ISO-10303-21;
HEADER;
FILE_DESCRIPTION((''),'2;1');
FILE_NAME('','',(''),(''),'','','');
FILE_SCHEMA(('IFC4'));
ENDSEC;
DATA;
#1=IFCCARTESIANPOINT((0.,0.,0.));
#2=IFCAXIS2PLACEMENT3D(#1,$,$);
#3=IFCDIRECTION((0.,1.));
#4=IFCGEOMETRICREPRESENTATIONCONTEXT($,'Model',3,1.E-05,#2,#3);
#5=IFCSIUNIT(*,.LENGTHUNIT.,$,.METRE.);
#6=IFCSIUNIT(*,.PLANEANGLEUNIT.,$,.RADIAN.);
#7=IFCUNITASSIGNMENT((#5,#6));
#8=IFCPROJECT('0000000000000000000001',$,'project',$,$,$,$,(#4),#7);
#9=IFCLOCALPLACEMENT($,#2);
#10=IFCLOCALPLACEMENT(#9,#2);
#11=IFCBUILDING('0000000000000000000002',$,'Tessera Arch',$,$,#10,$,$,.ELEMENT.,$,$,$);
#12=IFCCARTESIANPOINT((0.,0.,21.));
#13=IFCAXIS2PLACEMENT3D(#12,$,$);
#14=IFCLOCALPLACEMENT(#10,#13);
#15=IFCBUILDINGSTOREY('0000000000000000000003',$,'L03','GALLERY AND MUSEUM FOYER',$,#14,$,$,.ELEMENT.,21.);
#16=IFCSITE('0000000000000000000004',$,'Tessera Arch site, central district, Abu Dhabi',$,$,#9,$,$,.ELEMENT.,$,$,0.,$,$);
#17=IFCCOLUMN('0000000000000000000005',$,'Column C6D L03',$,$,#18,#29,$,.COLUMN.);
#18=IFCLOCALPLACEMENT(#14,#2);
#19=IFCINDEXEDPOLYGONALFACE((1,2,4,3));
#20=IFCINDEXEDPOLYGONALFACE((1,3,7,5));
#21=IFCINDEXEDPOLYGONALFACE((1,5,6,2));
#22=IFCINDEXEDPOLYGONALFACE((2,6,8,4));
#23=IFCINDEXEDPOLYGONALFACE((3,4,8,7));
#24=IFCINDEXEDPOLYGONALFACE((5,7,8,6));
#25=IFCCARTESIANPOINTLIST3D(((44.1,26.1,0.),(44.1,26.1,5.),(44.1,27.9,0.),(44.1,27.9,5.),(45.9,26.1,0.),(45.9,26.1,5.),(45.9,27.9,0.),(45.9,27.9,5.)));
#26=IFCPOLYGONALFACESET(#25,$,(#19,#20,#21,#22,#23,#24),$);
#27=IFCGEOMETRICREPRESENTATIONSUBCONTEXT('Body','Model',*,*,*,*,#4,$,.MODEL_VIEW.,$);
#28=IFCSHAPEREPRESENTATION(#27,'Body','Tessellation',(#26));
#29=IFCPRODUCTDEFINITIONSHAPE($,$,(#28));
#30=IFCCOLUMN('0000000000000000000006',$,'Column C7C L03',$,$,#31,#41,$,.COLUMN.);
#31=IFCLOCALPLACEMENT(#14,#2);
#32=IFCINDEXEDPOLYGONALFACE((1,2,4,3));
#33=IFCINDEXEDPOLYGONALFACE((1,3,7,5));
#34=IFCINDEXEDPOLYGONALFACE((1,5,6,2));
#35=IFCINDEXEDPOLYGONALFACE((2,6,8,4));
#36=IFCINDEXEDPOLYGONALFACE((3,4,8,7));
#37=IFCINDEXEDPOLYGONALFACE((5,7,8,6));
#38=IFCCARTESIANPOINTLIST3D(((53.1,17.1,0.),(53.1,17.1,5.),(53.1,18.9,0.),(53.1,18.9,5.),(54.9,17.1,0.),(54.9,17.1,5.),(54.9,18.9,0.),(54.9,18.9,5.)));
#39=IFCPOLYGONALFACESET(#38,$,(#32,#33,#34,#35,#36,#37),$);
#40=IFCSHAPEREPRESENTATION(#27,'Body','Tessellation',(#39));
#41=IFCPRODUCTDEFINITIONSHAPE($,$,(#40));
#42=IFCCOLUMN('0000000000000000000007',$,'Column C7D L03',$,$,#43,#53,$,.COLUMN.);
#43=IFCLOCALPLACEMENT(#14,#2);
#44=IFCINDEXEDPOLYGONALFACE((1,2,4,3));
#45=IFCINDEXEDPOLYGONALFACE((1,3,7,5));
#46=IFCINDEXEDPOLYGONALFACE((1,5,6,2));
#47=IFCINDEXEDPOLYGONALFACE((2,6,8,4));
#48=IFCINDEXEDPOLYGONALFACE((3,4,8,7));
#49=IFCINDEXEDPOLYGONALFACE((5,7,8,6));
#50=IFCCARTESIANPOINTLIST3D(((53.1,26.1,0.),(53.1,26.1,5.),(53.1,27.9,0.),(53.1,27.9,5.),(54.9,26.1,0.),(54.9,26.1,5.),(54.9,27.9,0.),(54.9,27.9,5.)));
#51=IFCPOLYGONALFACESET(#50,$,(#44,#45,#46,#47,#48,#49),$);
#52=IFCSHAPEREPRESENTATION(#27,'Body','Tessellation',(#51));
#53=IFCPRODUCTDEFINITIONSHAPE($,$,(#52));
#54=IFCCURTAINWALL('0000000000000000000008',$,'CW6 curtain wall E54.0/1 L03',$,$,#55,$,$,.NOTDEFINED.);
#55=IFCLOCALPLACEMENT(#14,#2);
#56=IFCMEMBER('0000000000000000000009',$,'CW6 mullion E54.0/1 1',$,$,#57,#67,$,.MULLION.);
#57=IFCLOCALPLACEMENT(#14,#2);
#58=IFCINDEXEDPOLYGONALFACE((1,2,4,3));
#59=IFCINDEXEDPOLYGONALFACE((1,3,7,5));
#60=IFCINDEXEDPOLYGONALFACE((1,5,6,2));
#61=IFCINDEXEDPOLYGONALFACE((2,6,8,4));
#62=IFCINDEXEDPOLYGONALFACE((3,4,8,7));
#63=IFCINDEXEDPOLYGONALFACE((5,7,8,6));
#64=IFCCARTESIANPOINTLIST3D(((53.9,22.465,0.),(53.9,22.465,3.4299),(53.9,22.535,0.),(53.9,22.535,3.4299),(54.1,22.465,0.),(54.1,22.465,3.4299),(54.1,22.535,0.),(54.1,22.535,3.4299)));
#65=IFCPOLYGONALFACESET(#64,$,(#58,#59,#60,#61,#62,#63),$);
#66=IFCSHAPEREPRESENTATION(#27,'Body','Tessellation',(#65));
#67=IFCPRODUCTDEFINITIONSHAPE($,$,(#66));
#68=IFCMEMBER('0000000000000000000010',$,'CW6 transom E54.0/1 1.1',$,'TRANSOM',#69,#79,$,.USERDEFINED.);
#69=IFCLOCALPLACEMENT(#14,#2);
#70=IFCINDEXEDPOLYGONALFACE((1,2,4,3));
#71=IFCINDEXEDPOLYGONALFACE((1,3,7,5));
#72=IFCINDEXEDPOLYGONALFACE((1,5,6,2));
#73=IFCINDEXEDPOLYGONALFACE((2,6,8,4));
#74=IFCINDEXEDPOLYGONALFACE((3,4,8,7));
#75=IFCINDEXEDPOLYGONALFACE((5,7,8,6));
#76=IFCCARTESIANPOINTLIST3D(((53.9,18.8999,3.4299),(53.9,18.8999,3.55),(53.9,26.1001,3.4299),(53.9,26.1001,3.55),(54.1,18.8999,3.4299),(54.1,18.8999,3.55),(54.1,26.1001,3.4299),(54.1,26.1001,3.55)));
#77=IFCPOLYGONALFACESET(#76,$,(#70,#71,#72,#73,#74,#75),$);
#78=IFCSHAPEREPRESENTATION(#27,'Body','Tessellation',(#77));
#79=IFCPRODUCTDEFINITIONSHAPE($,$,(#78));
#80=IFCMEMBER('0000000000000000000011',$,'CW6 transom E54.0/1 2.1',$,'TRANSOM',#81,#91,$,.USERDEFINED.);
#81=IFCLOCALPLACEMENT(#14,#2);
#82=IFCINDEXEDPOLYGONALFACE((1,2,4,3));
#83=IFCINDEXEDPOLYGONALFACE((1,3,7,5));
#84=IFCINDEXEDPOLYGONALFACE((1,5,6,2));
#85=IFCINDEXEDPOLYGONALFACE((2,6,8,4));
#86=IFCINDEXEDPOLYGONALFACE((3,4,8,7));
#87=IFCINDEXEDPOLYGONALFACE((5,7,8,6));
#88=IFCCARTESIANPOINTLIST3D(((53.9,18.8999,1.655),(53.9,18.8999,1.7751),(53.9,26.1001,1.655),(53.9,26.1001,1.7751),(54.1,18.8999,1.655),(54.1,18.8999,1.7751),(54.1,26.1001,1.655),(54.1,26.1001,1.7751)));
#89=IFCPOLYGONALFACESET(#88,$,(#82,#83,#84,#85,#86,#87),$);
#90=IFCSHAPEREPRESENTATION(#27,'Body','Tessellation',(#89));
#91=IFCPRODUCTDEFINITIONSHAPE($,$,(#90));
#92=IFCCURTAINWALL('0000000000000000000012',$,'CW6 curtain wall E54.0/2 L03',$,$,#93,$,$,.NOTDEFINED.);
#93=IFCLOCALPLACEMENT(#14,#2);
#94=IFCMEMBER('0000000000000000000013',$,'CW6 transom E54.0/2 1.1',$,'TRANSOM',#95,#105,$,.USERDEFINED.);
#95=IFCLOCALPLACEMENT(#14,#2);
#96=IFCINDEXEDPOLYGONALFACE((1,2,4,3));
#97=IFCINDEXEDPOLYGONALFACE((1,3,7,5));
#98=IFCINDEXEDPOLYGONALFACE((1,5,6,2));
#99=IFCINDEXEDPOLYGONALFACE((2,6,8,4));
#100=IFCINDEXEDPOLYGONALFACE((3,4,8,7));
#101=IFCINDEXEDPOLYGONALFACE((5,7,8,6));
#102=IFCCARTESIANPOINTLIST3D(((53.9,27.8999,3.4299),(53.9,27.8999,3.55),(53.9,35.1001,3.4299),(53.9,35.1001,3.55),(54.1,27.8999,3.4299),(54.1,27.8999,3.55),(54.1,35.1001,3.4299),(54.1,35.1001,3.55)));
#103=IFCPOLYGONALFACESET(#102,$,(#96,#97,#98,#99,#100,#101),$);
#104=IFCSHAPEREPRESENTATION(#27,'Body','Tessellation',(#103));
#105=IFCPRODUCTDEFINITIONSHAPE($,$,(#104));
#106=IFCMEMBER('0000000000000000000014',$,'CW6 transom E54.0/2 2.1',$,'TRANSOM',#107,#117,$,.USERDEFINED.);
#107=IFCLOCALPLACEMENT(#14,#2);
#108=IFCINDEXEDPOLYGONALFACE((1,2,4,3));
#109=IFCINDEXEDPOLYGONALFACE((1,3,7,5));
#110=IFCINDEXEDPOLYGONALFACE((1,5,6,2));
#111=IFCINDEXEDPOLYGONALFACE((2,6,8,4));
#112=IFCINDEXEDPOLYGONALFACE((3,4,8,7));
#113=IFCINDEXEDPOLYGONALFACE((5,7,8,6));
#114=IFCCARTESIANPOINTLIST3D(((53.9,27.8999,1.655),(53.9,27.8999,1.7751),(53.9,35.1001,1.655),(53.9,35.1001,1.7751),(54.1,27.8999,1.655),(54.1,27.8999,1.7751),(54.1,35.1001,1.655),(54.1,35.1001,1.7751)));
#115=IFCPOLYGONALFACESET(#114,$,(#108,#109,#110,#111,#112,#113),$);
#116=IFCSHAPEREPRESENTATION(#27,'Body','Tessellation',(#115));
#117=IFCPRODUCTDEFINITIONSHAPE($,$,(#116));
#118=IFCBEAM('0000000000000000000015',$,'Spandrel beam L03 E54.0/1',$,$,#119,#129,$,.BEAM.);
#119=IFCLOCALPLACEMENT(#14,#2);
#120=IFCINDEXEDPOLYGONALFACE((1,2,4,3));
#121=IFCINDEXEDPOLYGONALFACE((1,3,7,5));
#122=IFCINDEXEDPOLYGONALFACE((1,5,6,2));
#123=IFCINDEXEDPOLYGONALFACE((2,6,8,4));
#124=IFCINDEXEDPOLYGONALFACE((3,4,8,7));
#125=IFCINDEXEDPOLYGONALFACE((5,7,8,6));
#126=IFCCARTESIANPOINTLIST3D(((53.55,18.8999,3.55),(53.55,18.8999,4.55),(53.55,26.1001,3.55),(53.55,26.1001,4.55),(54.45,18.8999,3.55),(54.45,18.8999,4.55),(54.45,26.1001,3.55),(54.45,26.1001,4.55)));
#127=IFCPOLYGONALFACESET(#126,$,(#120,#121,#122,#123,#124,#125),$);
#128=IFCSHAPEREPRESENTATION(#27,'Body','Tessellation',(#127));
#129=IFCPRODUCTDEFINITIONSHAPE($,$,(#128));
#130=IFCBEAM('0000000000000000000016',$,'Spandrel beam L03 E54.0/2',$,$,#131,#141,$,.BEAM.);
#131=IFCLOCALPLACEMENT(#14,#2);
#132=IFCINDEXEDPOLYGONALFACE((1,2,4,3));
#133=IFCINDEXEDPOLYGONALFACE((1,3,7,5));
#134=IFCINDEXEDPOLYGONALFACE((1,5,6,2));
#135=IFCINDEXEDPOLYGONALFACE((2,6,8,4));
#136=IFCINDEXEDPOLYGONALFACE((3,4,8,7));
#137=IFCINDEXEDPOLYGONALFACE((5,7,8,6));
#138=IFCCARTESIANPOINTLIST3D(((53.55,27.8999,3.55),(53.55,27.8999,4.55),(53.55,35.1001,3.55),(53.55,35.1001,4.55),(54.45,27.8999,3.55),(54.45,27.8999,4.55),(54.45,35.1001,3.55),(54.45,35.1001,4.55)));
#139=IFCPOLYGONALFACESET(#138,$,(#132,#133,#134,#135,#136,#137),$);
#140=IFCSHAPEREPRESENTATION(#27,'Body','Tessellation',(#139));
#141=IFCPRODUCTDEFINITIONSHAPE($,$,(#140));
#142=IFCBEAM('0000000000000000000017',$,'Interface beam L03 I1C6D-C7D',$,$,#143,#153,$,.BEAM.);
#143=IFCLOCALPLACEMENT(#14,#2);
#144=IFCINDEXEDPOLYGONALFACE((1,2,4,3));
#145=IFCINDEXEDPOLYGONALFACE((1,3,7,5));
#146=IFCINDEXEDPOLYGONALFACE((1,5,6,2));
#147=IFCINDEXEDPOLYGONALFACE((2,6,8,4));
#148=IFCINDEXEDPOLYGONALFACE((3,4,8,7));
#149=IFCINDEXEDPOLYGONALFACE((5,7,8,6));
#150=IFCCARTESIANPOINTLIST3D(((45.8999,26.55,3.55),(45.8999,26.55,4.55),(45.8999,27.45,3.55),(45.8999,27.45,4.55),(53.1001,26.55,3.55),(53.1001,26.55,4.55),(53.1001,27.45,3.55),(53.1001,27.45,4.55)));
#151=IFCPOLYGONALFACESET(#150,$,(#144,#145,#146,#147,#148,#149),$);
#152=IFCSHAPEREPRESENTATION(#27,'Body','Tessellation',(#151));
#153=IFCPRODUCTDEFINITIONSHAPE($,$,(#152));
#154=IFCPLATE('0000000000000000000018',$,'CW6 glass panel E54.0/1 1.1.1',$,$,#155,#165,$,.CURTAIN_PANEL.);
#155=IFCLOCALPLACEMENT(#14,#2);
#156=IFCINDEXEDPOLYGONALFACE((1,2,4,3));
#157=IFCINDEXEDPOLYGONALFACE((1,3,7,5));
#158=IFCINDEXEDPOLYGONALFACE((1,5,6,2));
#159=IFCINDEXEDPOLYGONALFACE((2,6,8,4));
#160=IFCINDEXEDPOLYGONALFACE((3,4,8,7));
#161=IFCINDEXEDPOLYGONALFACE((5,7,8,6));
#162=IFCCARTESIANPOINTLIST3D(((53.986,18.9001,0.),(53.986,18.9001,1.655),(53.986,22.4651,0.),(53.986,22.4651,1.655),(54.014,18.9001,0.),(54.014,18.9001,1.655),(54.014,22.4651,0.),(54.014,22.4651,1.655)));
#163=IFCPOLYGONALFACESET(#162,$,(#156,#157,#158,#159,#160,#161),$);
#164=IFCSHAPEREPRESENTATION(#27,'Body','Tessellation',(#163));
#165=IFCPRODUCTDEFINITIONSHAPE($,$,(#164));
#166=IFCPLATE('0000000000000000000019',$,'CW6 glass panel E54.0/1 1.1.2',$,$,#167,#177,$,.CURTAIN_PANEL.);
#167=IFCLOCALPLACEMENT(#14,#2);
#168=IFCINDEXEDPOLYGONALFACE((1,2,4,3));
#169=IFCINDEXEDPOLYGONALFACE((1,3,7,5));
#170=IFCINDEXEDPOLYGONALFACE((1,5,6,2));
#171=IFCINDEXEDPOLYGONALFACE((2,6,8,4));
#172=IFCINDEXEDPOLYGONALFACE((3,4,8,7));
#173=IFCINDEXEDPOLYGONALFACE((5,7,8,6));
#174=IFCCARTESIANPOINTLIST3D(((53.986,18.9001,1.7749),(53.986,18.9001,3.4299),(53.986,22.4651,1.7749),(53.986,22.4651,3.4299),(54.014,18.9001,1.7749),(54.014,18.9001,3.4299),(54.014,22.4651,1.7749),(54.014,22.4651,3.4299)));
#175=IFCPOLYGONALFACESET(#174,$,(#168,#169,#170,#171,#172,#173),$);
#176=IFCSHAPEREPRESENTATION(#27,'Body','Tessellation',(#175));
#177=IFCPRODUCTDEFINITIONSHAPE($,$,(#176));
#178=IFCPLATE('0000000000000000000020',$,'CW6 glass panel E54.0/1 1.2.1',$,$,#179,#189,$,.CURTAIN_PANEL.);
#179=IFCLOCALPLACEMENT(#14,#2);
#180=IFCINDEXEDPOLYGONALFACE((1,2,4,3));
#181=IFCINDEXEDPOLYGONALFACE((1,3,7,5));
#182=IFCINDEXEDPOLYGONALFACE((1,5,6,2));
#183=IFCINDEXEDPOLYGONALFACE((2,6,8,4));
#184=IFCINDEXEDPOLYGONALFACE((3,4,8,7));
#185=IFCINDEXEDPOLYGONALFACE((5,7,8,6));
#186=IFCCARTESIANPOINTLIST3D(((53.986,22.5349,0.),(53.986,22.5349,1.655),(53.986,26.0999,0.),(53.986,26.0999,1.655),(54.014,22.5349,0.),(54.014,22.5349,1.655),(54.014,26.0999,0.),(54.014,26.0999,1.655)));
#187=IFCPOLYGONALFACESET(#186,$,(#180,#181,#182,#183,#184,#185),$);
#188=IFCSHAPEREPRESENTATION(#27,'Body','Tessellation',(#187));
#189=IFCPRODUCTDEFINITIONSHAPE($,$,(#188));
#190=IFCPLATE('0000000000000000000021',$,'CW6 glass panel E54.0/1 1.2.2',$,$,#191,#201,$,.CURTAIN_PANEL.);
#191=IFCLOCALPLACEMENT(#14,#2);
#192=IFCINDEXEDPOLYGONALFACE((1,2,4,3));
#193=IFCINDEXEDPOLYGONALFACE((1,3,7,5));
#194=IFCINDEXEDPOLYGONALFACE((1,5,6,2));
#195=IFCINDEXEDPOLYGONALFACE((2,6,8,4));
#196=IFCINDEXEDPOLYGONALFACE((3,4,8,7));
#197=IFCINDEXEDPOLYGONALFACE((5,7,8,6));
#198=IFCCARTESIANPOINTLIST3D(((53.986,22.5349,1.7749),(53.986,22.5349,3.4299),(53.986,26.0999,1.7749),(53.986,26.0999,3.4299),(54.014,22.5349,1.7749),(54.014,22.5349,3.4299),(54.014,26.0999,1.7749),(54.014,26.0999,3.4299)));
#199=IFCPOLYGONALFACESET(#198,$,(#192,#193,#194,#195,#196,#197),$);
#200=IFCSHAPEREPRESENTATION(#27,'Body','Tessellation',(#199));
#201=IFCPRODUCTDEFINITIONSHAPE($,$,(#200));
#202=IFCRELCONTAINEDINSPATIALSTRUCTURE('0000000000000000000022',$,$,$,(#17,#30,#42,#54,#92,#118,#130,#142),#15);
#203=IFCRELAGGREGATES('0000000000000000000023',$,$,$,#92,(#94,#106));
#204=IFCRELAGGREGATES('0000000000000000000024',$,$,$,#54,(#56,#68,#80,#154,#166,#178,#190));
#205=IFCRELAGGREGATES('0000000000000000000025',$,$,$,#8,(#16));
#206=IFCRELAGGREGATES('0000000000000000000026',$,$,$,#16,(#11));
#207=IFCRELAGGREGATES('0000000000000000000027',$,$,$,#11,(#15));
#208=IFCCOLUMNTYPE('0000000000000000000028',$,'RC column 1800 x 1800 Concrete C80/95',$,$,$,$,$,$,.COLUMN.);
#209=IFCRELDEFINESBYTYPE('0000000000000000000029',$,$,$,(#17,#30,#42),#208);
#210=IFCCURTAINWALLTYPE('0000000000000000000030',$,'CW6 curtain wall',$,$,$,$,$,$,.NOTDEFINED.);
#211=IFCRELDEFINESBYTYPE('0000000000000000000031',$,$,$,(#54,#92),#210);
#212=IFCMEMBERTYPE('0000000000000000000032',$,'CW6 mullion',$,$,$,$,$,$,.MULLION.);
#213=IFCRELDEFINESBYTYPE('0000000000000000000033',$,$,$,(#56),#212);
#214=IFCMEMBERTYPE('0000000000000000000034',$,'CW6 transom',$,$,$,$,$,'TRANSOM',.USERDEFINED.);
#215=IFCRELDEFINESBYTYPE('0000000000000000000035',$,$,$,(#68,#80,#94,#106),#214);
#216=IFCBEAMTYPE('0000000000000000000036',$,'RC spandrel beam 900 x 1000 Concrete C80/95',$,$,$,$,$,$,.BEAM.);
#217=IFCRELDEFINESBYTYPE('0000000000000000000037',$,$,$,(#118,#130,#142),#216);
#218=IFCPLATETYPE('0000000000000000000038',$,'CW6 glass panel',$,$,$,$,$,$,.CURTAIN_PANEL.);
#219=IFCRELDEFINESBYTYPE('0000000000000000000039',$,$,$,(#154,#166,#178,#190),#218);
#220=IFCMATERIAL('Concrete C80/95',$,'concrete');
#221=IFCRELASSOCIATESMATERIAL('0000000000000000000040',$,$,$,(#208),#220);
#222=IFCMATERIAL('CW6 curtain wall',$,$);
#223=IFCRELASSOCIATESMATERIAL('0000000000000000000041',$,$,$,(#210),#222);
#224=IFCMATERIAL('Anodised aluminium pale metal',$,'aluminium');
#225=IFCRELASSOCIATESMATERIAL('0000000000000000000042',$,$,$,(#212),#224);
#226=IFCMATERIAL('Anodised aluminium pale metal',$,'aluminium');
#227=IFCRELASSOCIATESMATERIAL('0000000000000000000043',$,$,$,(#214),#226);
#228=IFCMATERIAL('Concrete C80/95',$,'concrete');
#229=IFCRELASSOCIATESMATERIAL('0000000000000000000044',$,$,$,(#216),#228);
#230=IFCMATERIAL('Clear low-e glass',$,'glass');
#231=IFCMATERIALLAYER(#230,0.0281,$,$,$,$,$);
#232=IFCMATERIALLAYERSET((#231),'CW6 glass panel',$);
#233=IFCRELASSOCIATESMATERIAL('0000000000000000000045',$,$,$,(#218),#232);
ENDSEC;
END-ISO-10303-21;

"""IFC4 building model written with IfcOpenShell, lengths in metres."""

from ifc_helpers import new_model, si_unit, direction, frame, origin, origin_2d, place, context, subcontext, project, spatial, rectangle, extrude, material, layer, layer_set, material_profile, profile_set, type_object, element, aggregate, save


model = new_model("IFC4")

# Units and contexts
model_context = context("Model", 3, precision=1e-05, world=origin(), true_north=direction((0.0, 1.0)))
body_context = subcontext(model_context, "Body", "Model", "MODEL_VIEW")
ifc_project = project(units=[si_unit("LENGTHUNIT", "METRE"), si_unit("PLANEANGLEUNIT", "RADIAN")], contexts=[model_context])

# Site, building, storey
site_placement = place(None, origin())
site = spatial("IfcSite", under=ifc_project, at=site_placement, Name="Tessera Arch site, central district, Abu Dhabi", CompositionType="ELEMENT", RefElevation=0.0)
building_placement = place(site_placement, origin())
building = spatial("IfcBuilding", under=site, at=building_placement, Name="Tessera Arch", CompositionType="ELEMENT")
storey_placement = place(building_placement, frame((0.0, 0.0, 21.0)))
storey = spatial("IfcBuildingStorey", under=building, at=storey_placement, Name="L03", Description="GALLERY AND MUSEUM FOYER", CompositionType="ELEMENT", Elevation=21.0)

# Columns
ifc_material_1 = material(Name="Concrete C80/95", Category="concrete")
ifc_material_profile_1 = material_profile(ifc_material_1, rectangle(XDim=1.8, YDim=1.8, at=origin_2d()), Name="RC column 1800 x 1800 Concrete C80/95")
ifc_profile_set_1 = profile_set([ifc_material_profile_1], Name="Concrete C80/95")
column_type = type_object("IfcColumnType", Name="RC column 1800 x 1800 Concrete C80/95", PredefinedType="COLUMN", material=ifc_profile_set_1)
for number, where, z_axis, x_axis, name in (
    (1, (45.0, 27.0, 0.0), (0.0, 0.0, 1.0), (1.0, 0.0, 0.0), "Column C6D L03"),
    (2, (54.0, 18.0, 0.0), (0.0, 0.0, 1.0), (1.0, 0.0, 0.0), "Column C7C L03"),
    (3, (54.0, 27.0, 0.0), (0.0, 0.0, 1.0), (1.0, 0.0, 0.0), "Column C7D L03"),
):
    element("IfcColumn", number, at=place(storey_placement, frame(where, z_axis=z_axis, x_axis=x_axis)), inside=storey, type_object=column_type, Name=name, PredefinedType="COLUMN", context=body_context, shape_type="SweptSolid", body=[
        extrude(rectangle(XDim=1.8, YDim=1.8, at=origin_2d()), origin(), (0.0, 0.0, 1.0), 5.0),
    ])

# Curtain walls, members
ifc_material_2 = material(Name="CW6 curtain wall")
curtain_wall_type = type_object("IfcCurtainWallType", Name="CW6 curtain wall", PredefinedType="NOTDEFINED", material=ifc_material_2)
curtain_wall_1_placement = place(storey_placement, origin())
curtain_wall_1 = element("IfcCurtainWall", 4, at=curtain_wall_1_placement, inside=storey, type_object=curtain_wall_type, Name="CW6 curtain wall E54.0/1 L03", PredefinedType="NOTDEFINED")
ifc_material_3 = material(Name="Anodised aluminium pale metal", Category="aluminium")
ifc_material_profile_2 = material_profile(ifc_material_3, rectangle(XDim=0.2, YDim=0.0701, at=origin_2d()), Name="AL 70x200")
ifc_profile_set_2 = profile_set([ifc_material_profile_2], Name="Anodised aluminium pale metal")
member_type_1 = type_object("IfcMemberType", Name="CW6 mullion", PredefinedType="MULLION", material=ifc_profile_set_2)
member_1_placement = place(storey_placement, frame((54.0, 22.5, 0.0), z_axis=(0.0, 0.0, 1.0), x_axis=(-1.0, 0.0, 0.0)))
member_1 = element("IfcMember", 5, at=member_1_placement, type_object=member_type_1, Name="CW6 mullion E54.0/1 1", PredefinedType="MULLION", context=body_context, shape_type="SweptSolid", body=[
    extrude(rectangle(XDim=0.2, YDim=0.0701, at=origin_2d()), origin(), (0.0, 0.0, 1.0), 3.4299),
])
ifc_material_4 = material(Name="Anodised aluminium pale metal", Category="aluminium")
ifc_material_profile_3 = material_profile(ifc_material_4, rectangle(XDim=0.2, YDim=0.1201, at=origin_2d()), Name="AL 200x120")
ifc_profile_set_3 = profile_set([ifc_material_profile_3], Name="Anodised aluminium pale metal")
member_type_2 = type_object("IfcMemberType", Name="CW6 transom", ElementType="TRANSOM", PredefinedType="USERDEFINED", material=ifc_profile_set_3)
member_2_placement = place(storey_placement, frame((54.0, 18.8999, 3.49), z_axis=(0.0, 1.0, 0.0), x_axis=(-1.0, 0.0, 0.0)))
member_2 = element("IfcMember", 6, at=member_2_placement, type_object=member_type_2, Name="CW6 transom E54.0/1 1.1", ObjectType="TRANSOM", PredefinedType="USERDEFINED", context=body_context, shape_type="SweptSolid", body=[
    extrude(rectangle(XDim=0.2, YDim=0.1201, at=origin_2d()), origin(), (0.0, 0.0, 1.0), 7.2002),
])
member_3_placement = place(storey_placement, frame((54.0, 18.8999, 1.7151), z_axis=(0.0, 1.0, 0.0), x_axis=(-1.0, 0.0, 0.0)))
member_3 = element("IfcMember", 7, at=member_3_placement, type_object=member_type_2, Name="CW6 transom E54.0/1 2.1", ObjectType="TRANSOM", PredefinedType="USERDEFINED", context=body_context, shape_type="SweptSolid", body=[
    extrude(rectangle(XDim=0.2, YDim=0.1201, at=origin_2d()), origin(), (0.0, 0.0, 1.0), 7.2002),
])
curtain_wall_2_placement = place(storey_placement, origin())
curtain_wall_2 = element("IfcCurtainWall", 8, at=curtain_wall_2_placement, inside=storey, type_object=curtain_wall_type, Name="CW6 curtain wall E54.0/2 L03", PredefinedType="NOTDEFINED")
member_4_placement = place(storey_placement, frame((54.0, 27.8999, 3.49), z_axis=(0.0, 1.0, 0.0), x_axis=(-1.0, 0.0, 0.0)))
member_4 = element("IfcMember", 9, at=member_4_placement, type_object=member_type_2, Name="CW6 transom E54.0/2 1.1", ObjectType="TRANSOM", PredefinedType="USERDEFINED", context=body_context, shape_type="SweptSolid", body=[
    extrude(rectangle(XDim=0.2, YDim=0.1201, at=origin_2d()), origin(), (0.0, 0.0, 1.0), 7.2002),
])
member_5_placement = place(storey_placement, frame((54.0, 27.8999, 1.7151), z_axis=(0.0, 1.0, 0.0), x_axis=(-1.0, 0.0, 0.0)))
member_5 = element("IfcMember", 10, at=member_5_placement, type_object=member_type_2, Name="CW6 transom E54.0/2 2.1", ObjectType="TRANSOM", PredefinedType="USERDEFINED", context=body_context, shape_type="SweptSolid", body=[
    extrude(rectangle(XDim=0.2, YDim=0.1201, at=origin_2d()), origin(), (0.0, 0.0, 1.0), 7.2002),
])
aggregate(curtain_wall_2, [member_4, member_5])

# Beams
ifc_material_5 = material(Name="Concrete C80/95", Category="concrete")
ifc_material_profile_4 = material_profile(ifc_material_5, rectangle(XDim=0.8999, YDim=1.0, at=origin_2d()), Name="RC spandrel beam 900 x 1000 Concrete C80/95")
ifc_profile_set_4 = profile_set([ifc_material_profile_4], Name="Concrete C80/95")
beam_type = type_object("IfcBeamType", Name="RC spandrel beam 900 x 1000 Concrete C80/95", PredefinedType="BEAM", material=ifc_profile_set_4)
for number, where, z_axis, x_axis, name in (
    (11, (54.0, 18.8999, 4.05), (0.0, 1.0, 0.0), (-1.0, 0.0, 0.0), "Spandrel beam L03 E54.0/1"),
    (12, (54.0, 27.8999, 4.05), (0.0, 1.0, 0.0), (-1.0, 0.0, 0.0), "Spandrel beam L03 E54.0/2"),
    (13, (45.8999, 27.0, 4.05), (1.0, 0.0, 0.0), (0.0, 1.0, 0.0), "Interface beam L03 I1C6D-C7D"),
):
    element("IfcBeam", number, at=place(storey_placement, frame(where, z_axis=z_axis, x_axis=x_axis)), inside=storey, type_object=beam_type, Name=name, PredefinedType="BEAM", context=body_context, shape_type="SweptSolid", body=[
        extrude(rectangle(XDim=0.8999, YDim=1.0, at=origin_2d()), origin(), (0.0, 0.0, 1.0), 7.2002),
    ])

# Plates
ifc_material_6 = material(Name="Clear low-e glass", Category="glass")
ifc_layer_1 = layer(ifc_material_6, 0.0281)
ifc_layer_set_1 = layer_set([ifc_layer_1], Name="CW6 glass panel")
plate_type_1 = type_object("IfcPlateType", Name="CW6 glass panel", PredefinedType="CURTAIN_PANEL", material=ifc_layer_set_1)
plate_1_placement = place(storey_placement, frame((54.0, 20.6826, 0.0), z_axis=(0.0, 0.0, 1.0), x_axis=(0.0, 1.0, 0.0)))
plate_1 = element("IfcPlate", 14, at=plate_1_placement, type_object=plate_type_1, Name="CW6 glass panel E54.0/1 1.1.1", PredefinedType="CURTAIN_PANEL", context=body_context, shape_type="SweptSolid", body=[
    extrude(rectangle(XDim=3.5649, YDim=0.0281, at=origin_2d()), origin(), (0.0, 0.0, 1.0), 1.655),
])
plate_2_placement = place(storey_placement, frame((54.0, 20.6826, 1.7749), z_axis=(0.0, 0.0, 1.0), x_axis=(0.0, 1.0, 0.0)))
plate_2 = element("IfcPlate", 15, at=plate_2_placement, type_object=plate_type_1, Name="CW6 glass panel E54.0/1 1.1.2", PredefinedType="CURTAIN_PANEL", context=body_context, shape_type="SweptSolid", body=[
    extrude(rectangle(XDim=3.5649, YDim=0.0281, at=origin_2d()), origin(), (0.0, 0.0, 1.0), 1.655),
])
plate_3_placement = place(storey_placement, frame((54.0, 24.3174, 0.0), z_axis=(0.0, 0.0, 1.0), x_axis=(0.0, 1.0, 0.0)))
plate_3 = element("IfcPlate", 16, at=plate_3_placement, type_object=plate_type_1, Name="CW6 glass panel E54.0/1 1.2.1", PredefinedType="CURTAIN_PANEL", context=body_context, shape_type="SweptSolid", body=[
    extrude(rectangle(XDim=3.5649, YDim=0.0281, at=origin_2d()), origin(), (0.0, 0.0, 1.0), 1.655),
])
plate_4_placement = place(storey_placement, frame((54.0, 24.3174, 1.7749), z_axis=(0.0, 0.0, 1.0), x_axis=(0.0, 1.0, 0.0)))
plate_4 = element("IfcPlate", 17, at=plate_4_placement, type_object=plate_type_1, Name="CW6 glass panel E54.0/1 1.2.2", PredefinedType="CURTAIN_PANEL", context=body_context, shape_type="SweptSolid", body=[
    extrude(rectangle(XDim=3.5649, YDim=0.0281, at=origin_2d()), origin(), (0.0, 0.0, 1.0), 1.655),
])
aggregate(curtain_wall_1, [member_1, member_2, member_3, plate_1, plate_2, plate_3, plate_4])

save(model, "model.ifc")
